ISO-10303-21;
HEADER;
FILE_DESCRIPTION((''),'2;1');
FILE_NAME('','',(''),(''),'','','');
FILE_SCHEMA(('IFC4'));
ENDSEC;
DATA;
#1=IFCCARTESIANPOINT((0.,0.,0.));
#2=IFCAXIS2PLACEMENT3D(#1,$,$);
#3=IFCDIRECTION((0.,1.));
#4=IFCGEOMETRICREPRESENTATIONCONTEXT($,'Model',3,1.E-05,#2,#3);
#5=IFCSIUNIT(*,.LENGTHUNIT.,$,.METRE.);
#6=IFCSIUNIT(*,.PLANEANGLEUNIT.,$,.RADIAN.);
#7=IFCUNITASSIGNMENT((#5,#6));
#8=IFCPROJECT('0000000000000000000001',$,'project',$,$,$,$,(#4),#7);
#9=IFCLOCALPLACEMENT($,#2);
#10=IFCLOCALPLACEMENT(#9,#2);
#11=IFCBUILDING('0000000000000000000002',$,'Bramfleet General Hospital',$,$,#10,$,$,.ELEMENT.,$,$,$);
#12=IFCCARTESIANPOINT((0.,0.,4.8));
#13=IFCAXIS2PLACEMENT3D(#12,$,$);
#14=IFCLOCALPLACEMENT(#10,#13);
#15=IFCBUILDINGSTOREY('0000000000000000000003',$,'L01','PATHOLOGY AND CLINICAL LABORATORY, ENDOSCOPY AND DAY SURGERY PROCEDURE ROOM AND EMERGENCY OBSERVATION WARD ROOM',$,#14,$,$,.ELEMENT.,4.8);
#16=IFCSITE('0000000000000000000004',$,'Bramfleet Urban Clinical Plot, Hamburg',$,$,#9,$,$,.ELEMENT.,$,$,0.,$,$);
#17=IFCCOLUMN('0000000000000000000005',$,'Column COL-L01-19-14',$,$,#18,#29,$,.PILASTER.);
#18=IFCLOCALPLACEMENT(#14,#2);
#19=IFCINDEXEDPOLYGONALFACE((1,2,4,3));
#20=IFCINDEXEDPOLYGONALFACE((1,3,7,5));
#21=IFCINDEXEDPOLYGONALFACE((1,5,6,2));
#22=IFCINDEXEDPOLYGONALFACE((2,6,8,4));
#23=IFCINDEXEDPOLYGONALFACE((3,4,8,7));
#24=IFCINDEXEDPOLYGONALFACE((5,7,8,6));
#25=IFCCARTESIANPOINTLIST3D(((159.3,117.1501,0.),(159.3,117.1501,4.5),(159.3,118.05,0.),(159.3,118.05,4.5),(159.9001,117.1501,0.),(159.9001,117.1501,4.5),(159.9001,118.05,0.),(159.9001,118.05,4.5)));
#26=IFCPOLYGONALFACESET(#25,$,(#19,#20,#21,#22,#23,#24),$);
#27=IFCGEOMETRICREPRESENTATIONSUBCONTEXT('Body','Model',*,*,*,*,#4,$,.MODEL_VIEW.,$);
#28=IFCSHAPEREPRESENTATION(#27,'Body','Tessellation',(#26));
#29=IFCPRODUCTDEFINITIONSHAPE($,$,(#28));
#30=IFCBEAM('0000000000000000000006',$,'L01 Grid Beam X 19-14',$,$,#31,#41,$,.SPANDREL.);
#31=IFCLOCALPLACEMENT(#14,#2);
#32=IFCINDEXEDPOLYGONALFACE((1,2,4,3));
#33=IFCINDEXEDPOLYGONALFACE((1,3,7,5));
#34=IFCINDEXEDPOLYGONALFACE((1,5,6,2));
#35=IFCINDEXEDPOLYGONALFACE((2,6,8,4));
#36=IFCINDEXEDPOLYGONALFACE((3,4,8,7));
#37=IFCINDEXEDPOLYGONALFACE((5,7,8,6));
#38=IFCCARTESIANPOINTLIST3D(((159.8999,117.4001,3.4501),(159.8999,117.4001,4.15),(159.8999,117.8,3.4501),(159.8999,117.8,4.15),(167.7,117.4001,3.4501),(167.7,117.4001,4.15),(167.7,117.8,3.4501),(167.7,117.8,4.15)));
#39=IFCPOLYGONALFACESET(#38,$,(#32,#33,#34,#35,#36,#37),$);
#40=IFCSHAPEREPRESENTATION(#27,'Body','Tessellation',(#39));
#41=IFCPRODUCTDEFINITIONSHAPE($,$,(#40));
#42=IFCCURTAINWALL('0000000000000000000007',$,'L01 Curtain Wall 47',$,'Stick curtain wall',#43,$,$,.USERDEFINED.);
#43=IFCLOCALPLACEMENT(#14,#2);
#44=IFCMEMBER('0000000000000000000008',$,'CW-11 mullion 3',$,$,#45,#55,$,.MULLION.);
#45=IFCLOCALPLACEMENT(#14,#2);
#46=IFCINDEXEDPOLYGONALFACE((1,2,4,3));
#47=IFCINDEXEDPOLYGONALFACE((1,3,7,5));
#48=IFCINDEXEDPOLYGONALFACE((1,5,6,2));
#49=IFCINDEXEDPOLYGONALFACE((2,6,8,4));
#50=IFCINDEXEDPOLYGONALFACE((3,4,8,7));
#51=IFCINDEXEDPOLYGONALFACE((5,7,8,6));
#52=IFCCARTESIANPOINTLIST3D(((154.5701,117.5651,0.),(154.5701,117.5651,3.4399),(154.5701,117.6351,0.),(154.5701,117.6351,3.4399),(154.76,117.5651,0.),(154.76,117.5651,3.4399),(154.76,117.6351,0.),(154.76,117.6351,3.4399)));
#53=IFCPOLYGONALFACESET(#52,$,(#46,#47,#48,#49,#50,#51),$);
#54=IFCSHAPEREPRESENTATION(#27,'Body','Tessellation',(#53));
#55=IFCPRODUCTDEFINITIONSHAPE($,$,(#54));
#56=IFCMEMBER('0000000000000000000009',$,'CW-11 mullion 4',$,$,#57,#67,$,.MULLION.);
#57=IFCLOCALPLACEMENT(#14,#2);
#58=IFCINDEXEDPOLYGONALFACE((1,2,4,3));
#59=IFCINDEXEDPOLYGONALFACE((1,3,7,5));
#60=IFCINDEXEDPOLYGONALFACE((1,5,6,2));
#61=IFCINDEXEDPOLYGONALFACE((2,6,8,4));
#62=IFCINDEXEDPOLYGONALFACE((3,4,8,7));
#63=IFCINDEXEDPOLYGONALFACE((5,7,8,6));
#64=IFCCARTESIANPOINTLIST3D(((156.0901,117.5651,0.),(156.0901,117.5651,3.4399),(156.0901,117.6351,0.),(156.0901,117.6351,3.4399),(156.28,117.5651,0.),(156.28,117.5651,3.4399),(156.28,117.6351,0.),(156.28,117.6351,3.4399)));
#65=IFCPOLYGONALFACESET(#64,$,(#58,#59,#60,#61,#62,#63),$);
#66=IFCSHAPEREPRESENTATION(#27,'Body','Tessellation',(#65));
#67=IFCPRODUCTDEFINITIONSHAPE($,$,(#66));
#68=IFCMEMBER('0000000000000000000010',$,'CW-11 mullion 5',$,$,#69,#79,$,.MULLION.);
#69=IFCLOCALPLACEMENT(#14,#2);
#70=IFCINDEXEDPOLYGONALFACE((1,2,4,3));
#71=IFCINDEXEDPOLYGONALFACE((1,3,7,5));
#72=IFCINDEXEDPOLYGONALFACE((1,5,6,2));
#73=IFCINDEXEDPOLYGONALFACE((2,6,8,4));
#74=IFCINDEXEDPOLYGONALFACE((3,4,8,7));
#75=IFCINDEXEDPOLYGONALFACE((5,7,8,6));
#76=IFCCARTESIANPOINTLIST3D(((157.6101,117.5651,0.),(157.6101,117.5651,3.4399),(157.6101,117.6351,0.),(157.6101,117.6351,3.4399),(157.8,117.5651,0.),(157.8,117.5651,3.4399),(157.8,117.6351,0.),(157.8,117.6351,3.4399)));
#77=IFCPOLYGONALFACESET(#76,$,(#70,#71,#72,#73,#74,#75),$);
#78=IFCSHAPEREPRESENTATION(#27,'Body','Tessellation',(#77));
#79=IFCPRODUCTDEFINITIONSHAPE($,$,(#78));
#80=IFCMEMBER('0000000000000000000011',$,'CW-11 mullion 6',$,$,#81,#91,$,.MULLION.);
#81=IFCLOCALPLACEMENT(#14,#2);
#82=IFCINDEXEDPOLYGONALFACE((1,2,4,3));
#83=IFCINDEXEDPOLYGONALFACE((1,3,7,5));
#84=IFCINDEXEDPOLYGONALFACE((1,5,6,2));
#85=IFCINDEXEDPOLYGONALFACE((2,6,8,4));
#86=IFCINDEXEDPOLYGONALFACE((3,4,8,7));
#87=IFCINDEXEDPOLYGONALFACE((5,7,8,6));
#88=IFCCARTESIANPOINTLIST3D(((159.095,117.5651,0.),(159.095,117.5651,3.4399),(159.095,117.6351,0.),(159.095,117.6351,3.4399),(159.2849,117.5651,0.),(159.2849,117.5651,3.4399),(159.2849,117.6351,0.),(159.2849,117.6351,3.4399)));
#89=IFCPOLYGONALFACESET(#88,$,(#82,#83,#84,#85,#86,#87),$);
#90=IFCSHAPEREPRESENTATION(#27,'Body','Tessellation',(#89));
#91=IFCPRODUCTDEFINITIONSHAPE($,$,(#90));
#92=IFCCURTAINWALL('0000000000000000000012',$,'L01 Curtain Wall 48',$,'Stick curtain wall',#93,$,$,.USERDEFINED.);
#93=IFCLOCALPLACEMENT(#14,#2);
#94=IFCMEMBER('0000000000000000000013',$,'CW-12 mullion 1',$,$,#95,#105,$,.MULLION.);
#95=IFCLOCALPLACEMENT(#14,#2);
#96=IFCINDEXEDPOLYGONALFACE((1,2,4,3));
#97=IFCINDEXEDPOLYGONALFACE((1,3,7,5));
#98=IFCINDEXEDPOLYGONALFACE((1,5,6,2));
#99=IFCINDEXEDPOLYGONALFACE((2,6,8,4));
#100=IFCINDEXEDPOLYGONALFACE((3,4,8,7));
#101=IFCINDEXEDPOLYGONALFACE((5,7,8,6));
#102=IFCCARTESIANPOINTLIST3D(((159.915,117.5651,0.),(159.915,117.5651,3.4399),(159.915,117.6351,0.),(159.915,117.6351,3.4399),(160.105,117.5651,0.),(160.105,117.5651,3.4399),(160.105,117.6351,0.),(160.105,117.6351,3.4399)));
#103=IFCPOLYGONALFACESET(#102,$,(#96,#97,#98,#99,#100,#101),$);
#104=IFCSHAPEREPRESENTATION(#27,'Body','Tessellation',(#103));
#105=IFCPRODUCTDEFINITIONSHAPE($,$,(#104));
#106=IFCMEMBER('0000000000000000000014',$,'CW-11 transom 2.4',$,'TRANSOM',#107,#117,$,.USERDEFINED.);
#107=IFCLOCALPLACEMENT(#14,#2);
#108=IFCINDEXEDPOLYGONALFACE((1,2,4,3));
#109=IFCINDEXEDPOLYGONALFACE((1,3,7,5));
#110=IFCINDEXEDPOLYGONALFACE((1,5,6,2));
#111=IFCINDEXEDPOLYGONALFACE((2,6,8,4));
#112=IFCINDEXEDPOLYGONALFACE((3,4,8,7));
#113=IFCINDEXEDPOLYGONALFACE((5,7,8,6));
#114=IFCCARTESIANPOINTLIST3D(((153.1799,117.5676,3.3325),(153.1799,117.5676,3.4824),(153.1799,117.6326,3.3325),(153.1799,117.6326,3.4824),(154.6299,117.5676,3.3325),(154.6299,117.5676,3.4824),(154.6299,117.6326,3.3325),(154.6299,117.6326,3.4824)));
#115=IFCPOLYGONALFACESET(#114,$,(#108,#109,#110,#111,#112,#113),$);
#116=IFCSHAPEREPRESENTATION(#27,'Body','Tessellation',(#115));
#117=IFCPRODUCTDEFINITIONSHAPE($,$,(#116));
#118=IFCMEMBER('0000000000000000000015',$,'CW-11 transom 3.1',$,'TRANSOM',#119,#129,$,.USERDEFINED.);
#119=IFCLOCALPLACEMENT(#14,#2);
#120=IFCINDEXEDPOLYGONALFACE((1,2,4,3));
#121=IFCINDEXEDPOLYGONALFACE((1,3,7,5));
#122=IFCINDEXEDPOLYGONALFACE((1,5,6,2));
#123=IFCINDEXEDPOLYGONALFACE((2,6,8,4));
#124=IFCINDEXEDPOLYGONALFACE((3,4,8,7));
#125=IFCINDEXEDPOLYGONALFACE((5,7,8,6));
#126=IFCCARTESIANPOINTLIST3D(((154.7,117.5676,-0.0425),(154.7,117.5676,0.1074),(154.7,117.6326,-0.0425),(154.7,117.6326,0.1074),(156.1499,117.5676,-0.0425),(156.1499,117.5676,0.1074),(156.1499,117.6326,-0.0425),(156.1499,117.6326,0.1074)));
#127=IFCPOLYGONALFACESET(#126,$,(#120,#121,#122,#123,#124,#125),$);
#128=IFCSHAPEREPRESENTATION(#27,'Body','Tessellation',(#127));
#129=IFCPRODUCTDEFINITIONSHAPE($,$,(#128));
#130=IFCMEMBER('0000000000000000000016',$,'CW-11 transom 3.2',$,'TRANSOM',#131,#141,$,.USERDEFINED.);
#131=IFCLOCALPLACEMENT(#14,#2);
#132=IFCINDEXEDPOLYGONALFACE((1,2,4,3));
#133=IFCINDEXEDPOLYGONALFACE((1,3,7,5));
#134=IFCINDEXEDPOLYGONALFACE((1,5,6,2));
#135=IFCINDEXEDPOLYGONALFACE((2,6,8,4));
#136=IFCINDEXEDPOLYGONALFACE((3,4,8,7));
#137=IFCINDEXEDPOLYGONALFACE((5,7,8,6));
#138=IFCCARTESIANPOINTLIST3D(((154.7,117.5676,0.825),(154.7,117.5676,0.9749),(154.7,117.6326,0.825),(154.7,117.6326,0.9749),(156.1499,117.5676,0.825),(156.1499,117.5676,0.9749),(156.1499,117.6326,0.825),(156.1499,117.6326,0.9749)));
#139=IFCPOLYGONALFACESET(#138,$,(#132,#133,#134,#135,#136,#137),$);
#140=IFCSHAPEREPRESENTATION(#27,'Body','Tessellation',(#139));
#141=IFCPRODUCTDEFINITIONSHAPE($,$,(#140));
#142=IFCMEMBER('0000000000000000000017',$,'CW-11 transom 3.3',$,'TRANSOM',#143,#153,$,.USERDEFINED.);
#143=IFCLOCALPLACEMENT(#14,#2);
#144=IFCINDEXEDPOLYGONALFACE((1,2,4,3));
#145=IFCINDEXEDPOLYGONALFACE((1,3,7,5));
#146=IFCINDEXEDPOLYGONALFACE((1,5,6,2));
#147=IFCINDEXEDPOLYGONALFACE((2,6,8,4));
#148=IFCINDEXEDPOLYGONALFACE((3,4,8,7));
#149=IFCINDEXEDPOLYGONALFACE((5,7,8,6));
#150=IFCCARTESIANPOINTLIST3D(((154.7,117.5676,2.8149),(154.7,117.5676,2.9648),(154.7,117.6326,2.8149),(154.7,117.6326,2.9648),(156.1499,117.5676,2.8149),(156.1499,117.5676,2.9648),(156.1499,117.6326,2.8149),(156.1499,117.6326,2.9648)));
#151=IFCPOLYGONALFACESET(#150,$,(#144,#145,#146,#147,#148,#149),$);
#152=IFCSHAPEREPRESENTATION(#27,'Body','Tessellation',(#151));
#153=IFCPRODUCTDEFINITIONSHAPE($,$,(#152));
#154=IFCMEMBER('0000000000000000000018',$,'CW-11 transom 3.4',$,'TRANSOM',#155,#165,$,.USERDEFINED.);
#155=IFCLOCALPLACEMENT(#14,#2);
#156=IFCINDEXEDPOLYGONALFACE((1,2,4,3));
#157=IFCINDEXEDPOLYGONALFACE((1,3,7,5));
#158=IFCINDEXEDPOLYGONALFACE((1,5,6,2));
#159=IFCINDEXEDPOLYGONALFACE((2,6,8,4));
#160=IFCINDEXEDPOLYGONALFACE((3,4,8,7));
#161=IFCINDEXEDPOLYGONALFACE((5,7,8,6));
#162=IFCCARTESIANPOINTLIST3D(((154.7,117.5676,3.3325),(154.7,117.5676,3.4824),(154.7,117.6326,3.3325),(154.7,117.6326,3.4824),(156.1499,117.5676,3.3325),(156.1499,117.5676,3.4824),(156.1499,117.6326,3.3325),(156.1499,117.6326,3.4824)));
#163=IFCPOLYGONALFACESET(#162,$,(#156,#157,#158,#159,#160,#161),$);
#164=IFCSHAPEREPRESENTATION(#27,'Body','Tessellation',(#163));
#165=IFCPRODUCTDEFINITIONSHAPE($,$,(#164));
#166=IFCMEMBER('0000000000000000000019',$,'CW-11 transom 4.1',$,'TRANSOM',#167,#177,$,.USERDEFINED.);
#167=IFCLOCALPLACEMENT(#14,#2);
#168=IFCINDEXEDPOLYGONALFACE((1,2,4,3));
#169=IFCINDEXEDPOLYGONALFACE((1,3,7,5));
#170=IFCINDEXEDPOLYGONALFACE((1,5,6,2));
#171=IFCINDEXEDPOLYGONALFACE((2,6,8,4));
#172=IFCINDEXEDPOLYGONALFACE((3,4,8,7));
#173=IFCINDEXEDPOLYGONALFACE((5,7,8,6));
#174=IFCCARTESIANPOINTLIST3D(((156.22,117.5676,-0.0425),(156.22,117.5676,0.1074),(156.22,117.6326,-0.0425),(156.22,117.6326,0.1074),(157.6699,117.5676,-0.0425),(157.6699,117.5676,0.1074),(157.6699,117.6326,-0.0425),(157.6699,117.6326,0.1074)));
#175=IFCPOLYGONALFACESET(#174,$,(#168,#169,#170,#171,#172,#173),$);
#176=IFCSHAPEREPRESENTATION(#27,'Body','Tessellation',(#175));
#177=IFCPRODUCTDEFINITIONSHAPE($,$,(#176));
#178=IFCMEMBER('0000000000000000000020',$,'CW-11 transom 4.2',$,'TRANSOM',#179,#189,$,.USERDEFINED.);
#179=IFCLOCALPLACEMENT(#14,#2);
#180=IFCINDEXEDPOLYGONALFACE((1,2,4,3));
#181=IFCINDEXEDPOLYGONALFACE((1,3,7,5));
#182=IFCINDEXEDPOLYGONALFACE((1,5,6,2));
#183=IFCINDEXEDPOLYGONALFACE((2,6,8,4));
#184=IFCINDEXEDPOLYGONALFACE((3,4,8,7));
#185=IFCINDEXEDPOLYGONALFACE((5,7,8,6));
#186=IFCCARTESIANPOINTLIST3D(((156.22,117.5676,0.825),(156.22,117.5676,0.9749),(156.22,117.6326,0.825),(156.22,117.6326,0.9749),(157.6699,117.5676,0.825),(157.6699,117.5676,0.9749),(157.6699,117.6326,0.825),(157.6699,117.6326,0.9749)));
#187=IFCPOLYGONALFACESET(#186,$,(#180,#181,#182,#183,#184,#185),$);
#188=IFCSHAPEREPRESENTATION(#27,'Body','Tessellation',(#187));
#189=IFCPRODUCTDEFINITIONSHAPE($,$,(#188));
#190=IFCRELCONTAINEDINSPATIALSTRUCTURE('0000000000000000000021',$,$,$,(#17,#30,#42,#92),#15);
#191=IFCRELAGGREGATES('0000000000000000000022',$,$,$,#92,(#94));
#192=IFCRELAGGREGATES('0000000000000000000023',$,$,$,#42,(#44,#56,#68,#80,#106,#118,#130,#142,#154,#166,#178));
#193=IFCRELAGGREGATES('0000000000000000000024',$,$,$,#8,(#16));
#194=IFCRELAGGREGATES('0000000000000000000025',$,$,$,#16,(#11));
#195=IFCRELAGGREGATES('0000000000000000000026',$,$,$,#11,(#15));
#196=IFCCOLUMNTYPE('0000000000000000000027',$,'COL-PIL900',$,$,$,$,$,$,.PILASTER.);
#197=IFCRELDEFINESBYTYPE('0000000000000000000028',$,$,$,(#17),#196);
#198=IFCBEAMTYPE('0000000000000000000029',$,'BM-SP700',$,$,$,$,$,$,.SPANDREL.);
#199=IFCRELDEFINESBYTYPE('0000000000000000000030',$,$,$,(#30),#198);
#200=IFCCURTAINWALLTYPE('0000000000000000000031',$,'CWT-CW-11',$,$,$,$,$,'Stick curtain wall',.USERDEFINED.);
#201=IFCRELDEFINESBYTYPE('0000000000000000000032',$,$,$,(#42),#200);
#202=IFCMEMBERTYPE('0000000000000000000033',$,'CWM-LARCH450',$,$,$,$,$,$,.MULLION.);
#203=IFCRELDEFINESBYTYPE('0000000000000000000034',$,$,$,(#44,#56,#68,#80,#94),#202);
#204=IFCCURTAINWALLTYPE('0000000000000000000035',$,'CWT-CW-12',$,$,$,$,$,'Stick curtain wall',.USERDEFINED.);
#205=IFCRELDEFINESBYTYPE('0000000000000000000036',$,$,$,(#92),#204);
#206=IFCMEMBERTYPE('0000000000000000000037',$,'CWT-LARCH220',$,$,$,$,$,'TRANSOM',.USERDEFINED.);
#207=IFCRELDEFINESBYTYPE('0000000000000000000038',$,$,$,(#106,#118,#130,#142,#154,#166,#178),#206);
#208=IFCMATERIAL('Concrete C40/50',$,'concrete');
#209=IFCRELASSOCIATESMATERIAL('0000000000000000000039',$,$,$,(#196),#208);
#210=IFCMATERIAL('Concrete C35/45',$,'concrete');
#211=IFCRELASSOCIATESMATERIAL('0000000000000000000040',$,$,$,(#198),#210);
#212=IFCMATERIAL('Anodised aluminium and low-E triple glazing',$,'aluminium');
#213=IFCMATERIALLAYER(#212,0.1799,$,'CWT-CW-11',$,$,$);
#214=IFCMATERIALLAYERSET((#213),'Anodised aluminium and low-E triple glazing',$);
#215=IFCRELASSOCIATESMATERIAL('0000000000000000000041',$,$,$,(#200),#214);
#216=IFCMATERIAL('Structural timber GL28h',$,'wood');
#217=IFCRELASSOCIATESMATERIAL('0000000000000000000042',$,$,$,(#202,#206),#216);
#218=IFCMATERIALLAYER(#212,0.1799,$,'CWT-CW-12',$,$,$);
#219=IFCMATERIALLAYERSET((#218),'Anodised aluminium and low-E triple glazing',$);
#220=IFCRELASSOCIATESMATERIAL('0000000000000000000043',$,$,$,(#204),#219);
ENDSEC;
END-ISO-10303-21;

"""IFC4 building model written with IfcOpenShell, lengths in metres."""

from ifc_helpers import new_model, si_unit, direction, frame, origin, origin_2d, place, context, subcontext, project, spatial, rectangle, extrude, material, layer, layer_set, material_profile, profile_set, type_object, element, aggregate, save


model = new_model("IFC4")

# Units and contexts
model_context = context("Model", 3, precision=1e-05, world=origin(), true_north=direction((0.0, 1.0)))
body_context = subcontext(model_context, "Body", "Model", "MODEL_VIEW")
ifc_project = project(units=[si_unit("LENGTHUNIT", "METRE"), si_unit("PLANEANGLEUNIT", "RADIAN")], contexts=[model_context])

# Site, building, storey
site_placement = place(None, origin())
site = spatial("IfcSite", under=ifc_project, at=site_placement, Name="Bramfleet Urban Clinical Plot, Hamburg", CompositionType="ELEMENT", RefElevation=0.0)
building_placement = place(site_placement, origin())
building = spatial("IfcBuilding", under=site, at=building_placement, Name="Bramfleet General Hospital", CompositionType="ELEMENT")
storey_placement = place(building_placement, frame((0.0, 0.0, 4.8)))
storey = spatial("IfcBuildingStorey", under=building, at=storey_placement, Name="L01", Description="PATHOLOGY AND CLINICAL LABORATORY, ENDOSCOPY AND DAY SURGERY PROCEDURE ROOM AND EMERGENCY OBSERVATION WARD ROOM", CompositionType="ELEMENT", Elevation=4.8)

# Column
ifc_material_1 = material(Name="Concrete C40/50", Category="concrete")
ifc_material_profile_1 = material_profile(ifc_material_1, rectangle(XDim=0.6001, YDim=0.8999, at=origin_2d()), Name="RC PIL 900x600")
ifc_profile_set_1 = profile_set([ifc_material_profile_1], Name="Concrete C40/50")
column_type = type_object("IfcColumnType", Name="COL-PIL900", PredefinedType="PILASTER", material=ifc_profile_set_1)
column_placement = place(storey_placement, frame((159.6001, 117.6001, 0.0), z_axis=(0.0, 0.0, 1.0), x_axis=(1.0, 0.0, 0.0)))
element("IfcColumn", 1, at=column_placement, inside=storey, type_object=column_type, Name="Column COL-L01-19-14", PredefinedType="PILASTER", context=body_context, shape_type="SweptSolid", body=[
    extrude(rectangle(XDim=0.6001, YDim=0.8999, at=origin_2d()), origin(), (0.0, 0.0, 1.0), 4.5),
])

# Beam
ifc_material_2 = material(Name="Concrete C35/45", Category="concrete")
ifc_material_profile_2 = material_profile(ifc_material_2, rectangle(XDim=0.3999, YDim=0.7, at=origin_2d()), Name="RC SP 700x400")
ifc_profile_set_2 = profile_set([ifc_material_profile_2], Name="Concrete C35/45")
beam_type = type_object("IfcBeamType", Name="BM-SP700", PredefinedType="SPANDREL", material=ifc_profile_set_2)
beam_placement = place(storey_placement, frame((159.8999, 117.6001, 3.8), z_axis=(1.0, 0.0, 0.0), x_axis=(0.0, 1.0, 0.0)))
element("IfcBeam", 2, at=beam_placement, inside=storey, type_object=beam_type, Name="L01 Grid Beam X 19-14", PredefinedType="SPANDREL", context=body_context, shape_type="SweptSolid", body=[
    extrude(rectangle(XDim=0.3999, YDim=0.7, at=origin_2d()), origin(), (0.0, 0.0, 1.0), 7.8),
])

# Curtain wall, members
ifc_material_3 = material(Name="Anodised aluminium and low-E triple glazing", Category="aluminium")
ifc_layer_1 = layer(ifc_material_3, 0.1799, Name="CWT-CW-11")
ifc_layer_set_1 = layer_set([ifc_layer_1], Name="Anodised aluminium and low-E triple glazing")
curtain_wall_type_1 = type_object("IfcCurtainWallType", Name="CWT-CW-11", ElementType="Stick curtain wall", PredefinedType="USERDEFINED", material=ifc_layer_set_1)
curtain_wall_1_placement = place(storey_placement, origin())
curtain_wall_1 = element("IfcCurtainWall", 3, at=curtain_wall_1_placement, inside=storey, type_object=curtain_wall_type_1, Name="L01 Curtain Wall 47", ObjectType="Stick curtain wall", PredefinedType="USERDEFINED")
ifc_material_4 = material(Name="Structural timber GL28h", Category="wood")
ifc_material_profile_3 = material_profile(ifc_material_4, rectangle(XDim=0.0701, YDim=0.1899, at=origin_2d()), Name="LARCH 190x70")
ifc_profile_set_3 = profile_set([ifc_material_profile_3], Name="Structural timber GL28h")
member_type_1 = type_object("IfcMemberType", Name="CWM-LARCH450", PredefinedType="MULLION", material=ifc_profile_set_3)
member_1_placement = place(storey_placement, frame((154.665, 117.6001, 0.0), z_axis=(0.0, 0.0, 1.0), x_axis=(0.0, 1.0, 0.0)))
member_1 = element("IfcMember", 4, at=member_1_placement, type_object=member_type_1, Name="CW-11 mullion 3", PredefinedType="MULLION", context=body_context, shape_type="SweptSolid", body=[
    extrude(rectangle(XDim=0.0701, YDim=0.1899, at=origin_2d()), origin(), (0.0, 0.0, 1.0), 3.4399),
])
member_2_placement = place(storey_placement, frame((156.1851, 117.6001, 0.0), z_axis=(0.0, 0.0, 1.0), x_axis=(0.0, 1.0, 0.0)))
member_2 = element("IfcMember", 5, at=member_2_placement, type_object=member_type_1, Name="CW-11 mullion 4", PredefinedType="MULLION", context=body_context, shape_type="SweptSolid", body=[
    extrude(rectangle(XDim=0.0701, YDim=0.1899, at=origin_2d()), origin(), (0.0, 0.0, 1.0), 3.4399),
])
member_3_placement = place(storey_placement, frame((157.7051, 117.6001, 0.0), z_axis=(0.0, 0.0, 1.0), x_axis=(0.0, 1.0, 0.0)))
member_3 = element("IfcMember", 6, at=member_3_placement, type_object=member_type_1, Name="CW-11 mullion 5", PredefinedType="MULLION", context=body_context, shape_type="SweptSolid", body=[
    extrude(rectangle(XDim=0.0701, YDim=0.1899, at=origin_2d()), origin(), (0.0, 0.0, 1.0), 3.4399),
])
member_4_placement = place(storey_placement, frame((159.1899, 117.6001, 0.0), z_axis=(0.0, 0.0, 1.0), x_axis=(0.0, 1.0, 0.0)))
member_4 = element("IfcMember", 7, at=member_4_placement, type_object=member_type_1, Name="CW-11 mullion 6", PredefinedType="MULLION", context=body_context, shape_type="SweptSolid", body=[
    extrude(rectangle(XDim=0.0701, YDim=0.1899, at=origin_2d()), origin(), (0.0, 0.0, 1.0), 3.4399),
])

# Curtain wall, member
ifc_layer_2 = layer(ifc_material_3, 0.1799, Name="CWT-CW-12")
ifc_layer_set_2 = layer_set([ifc_layer_2], Name="Anodised aluminium and low-E triple glazing")
curtain_wall_type_2 = type_object("IfcCurtainWallType", Name="CWT-CW-12", ElementType="Stick curtain wall", PredefinedType="USERDEFINED", material=ifc_layer_set_2)
curtain_wall_2_placement = place(storey_placement, origin())
curtain_wall_2 = element("IfcCurtainWall", 8, at=curtain_wall_2_placement, inside=storey, type_object=curtain_wall_type_2, Name="L01 Curtain Wall 48", ObjectType="Stick curtain wall", PredefinedType="USERDEFINED")
member_5_placement = place(storey_placement, frame((160.01, 117.6001, 0.0), z_axis=(0.0, 0.0, 1.0), x_axis=(0.0, 1.0, 0.0)))
member_5 = element("IfcMember", 9, at=member_5_placement, type_object=member_type_1, Name="CW-12 mullion 1", PredefinedType="MULLION", context=body_context, shape_type="SweptSolid", body=[
    extrude(rectangle(XDim=0.0701, YDim=0.1899, at=origin_2d()), origin(), (0.0, 0.0, 1.0), 3.4399),
])

# Members
ifc_material_profile_4 = material_profile(ifc_material_4, rectangle(XDim=0.0649, YDim=0.1499, at=origin_2d()), Name="LARCH 150x65")
ifc_profile_set_4 = profile_set([ifc_material_profile_4], Name="Structural timber GL28h")
member_type_2 = type_object("IfcMemberType", Name="CWT-LARCH220", ElementType="TRANSOM", PredefinedType="USERDEFINED", material=ifc_profile_set_4)
member_6_placement = place(storey_placement, frame((153.1799, 117.6001, 3.4075), z_axis=(1.0, 0.0, 0.0), x_axis=(0.0, 1.0, 0.0)))
member_6 = element("IfcMember", 10, at=member_6_placement, type_object=member_type_2, Name="CW-11 transom 2.4", ObjectType="TRANSOM", PredefinedType="USERDEFINED", context=body_context, shape_type="SweptSolid", body=[
    extrude(rectangle(XDim=0.0649, YDim=0.1499, at=origin_2d()), origin(), (0.0, 0.0, 1.0), 1.45),
])
member_7_placement = place(storey_placement, frame((154.7, 117.6001, 0.0325), z_axis=(1.0, 0.0, 0.0), x_axis=(0.0, 1.0, 0.0)))
member_7 = element("IfcMember", 11, at=member_7_placement, type_object=member_type_2, Name="CW-11 transom 3.1", ObjectType="TRANSOM", PredefinedType="USERDEFINED", context=body_context, shape_type="SweptSolid", body=[
    extrude(rectangle(XDim=0.0649, YDim=0.1499, at=origin_2d()), origin(), (0.0, 0.0, 1.0), 1.45),
])
member_8_placement = place(storey_placement, frame((154.7, 117.6001, 0.8999), z_axis=(1.0, 0.0, 0.0), x_axis=(0.0, 1.0, 0.0)))
member_8 = element("IfcMember", 12, at=member_8_placement, type_object=member_type_2, Name="CW-11 transom 3.2", ObjectType="TRANSOM", PredefinedType="USERDEFINED", context=body_context, shape_type="SweptSolid", body=[
    extrude(rectangle(XDim=0.0649, YDim=0.1499, at=origin_2d()), origin(), (0.0, 0.0, 1.0), 1.45),
])
member_9_placement = place(storey_placement, frame((154.7, 117.6001, 2.8899), z_axis=(1.0, 0.0, 0.0), x_axis=(0.0, 1.0, 0.0)))
member_9 = element("IfcMember", 13, at=member_9_placement, type_object=member_type_2, Name="CW-11 transom 3.3", ObjectType="TRANSOM", PredefinedType="USERDEFINED", context=body_context, shape_type="SweptSolid", body=[
    extrude(rectangle(XDim=0.0649, YDim=0.1499, at=origin_2d()), origin(), (0.0, 0.0, 1.0), 1.45),
])
member_10_placement = place(storey_placement, frame((154.7, 117.6001, 3.4075), z_axis=(1.0, 0.0, 0.0), x_axis=(0.0, 1.0, 0.0)))
member_10 = element("IfcMember", 14, at=member_10_placement, type_object=member_type_2, Name="CW-11 transom 3.4", ObjectType="TRANSOM", PredefinedType="USERDEFINED", context=body_context, shape_type="SweptSolid", body=[
    extrude(rectangle(XDim=0.0649, YDim=0.1499, at=origin_2d()), origin(), (0.0, 0.0, 1.0), 1.45),
])
member_11_placement = place(storey_placement, frame((156.22, 117.6001, 0.0325), z_axis=(1.0, 0.0, 0.0), x_axis=(0.0, 1.0, 0.0)))
member_11 = element("IfcMember", 15, at=member_11_placement, type_object=member_type_2, Name="CW-11 transom 4.1", ObjectType="TRANSOM", PredefinedType="USERDEFINED", context=body_context, shape_type="SweptSolid", body=[
    extrude(rectangle(XDim=0.0649, YDim=0.1499, at=origin_2d()), origin(), (0.0, 0.0, 1.0), 1.45),
])
member_12_placement = place(storey_placement, frame((156.22, 117.6001, 0.8999), z_axis=(1.0, 0.0, 0.0), x_axis=(0.0, 1.0, 0.0)))
member_12 = element("IfcMember", 16, at=member_12_placement, type_object=member_type_2, Name="CW-11 transom 4.2", ObjectType="TRANSOM", PredefinedType="USERDEFINED", context=body_context, shape_type="SweptSolid", body=[
    extrude(rectangle(XDim=0.0649, YDim=0.1499, at=origin_2d()), origin(), (0.0, 0.0, 1.0), 1.45),
])
aggregate(curtain_wall_2, [member_5])

aggregate(curtain_wall_1, [member_1, member_2, member_3, member_4, member_6, member_7, member_8, member_9, member_10, member_11, member_12])

save(model, "model.ifc")
